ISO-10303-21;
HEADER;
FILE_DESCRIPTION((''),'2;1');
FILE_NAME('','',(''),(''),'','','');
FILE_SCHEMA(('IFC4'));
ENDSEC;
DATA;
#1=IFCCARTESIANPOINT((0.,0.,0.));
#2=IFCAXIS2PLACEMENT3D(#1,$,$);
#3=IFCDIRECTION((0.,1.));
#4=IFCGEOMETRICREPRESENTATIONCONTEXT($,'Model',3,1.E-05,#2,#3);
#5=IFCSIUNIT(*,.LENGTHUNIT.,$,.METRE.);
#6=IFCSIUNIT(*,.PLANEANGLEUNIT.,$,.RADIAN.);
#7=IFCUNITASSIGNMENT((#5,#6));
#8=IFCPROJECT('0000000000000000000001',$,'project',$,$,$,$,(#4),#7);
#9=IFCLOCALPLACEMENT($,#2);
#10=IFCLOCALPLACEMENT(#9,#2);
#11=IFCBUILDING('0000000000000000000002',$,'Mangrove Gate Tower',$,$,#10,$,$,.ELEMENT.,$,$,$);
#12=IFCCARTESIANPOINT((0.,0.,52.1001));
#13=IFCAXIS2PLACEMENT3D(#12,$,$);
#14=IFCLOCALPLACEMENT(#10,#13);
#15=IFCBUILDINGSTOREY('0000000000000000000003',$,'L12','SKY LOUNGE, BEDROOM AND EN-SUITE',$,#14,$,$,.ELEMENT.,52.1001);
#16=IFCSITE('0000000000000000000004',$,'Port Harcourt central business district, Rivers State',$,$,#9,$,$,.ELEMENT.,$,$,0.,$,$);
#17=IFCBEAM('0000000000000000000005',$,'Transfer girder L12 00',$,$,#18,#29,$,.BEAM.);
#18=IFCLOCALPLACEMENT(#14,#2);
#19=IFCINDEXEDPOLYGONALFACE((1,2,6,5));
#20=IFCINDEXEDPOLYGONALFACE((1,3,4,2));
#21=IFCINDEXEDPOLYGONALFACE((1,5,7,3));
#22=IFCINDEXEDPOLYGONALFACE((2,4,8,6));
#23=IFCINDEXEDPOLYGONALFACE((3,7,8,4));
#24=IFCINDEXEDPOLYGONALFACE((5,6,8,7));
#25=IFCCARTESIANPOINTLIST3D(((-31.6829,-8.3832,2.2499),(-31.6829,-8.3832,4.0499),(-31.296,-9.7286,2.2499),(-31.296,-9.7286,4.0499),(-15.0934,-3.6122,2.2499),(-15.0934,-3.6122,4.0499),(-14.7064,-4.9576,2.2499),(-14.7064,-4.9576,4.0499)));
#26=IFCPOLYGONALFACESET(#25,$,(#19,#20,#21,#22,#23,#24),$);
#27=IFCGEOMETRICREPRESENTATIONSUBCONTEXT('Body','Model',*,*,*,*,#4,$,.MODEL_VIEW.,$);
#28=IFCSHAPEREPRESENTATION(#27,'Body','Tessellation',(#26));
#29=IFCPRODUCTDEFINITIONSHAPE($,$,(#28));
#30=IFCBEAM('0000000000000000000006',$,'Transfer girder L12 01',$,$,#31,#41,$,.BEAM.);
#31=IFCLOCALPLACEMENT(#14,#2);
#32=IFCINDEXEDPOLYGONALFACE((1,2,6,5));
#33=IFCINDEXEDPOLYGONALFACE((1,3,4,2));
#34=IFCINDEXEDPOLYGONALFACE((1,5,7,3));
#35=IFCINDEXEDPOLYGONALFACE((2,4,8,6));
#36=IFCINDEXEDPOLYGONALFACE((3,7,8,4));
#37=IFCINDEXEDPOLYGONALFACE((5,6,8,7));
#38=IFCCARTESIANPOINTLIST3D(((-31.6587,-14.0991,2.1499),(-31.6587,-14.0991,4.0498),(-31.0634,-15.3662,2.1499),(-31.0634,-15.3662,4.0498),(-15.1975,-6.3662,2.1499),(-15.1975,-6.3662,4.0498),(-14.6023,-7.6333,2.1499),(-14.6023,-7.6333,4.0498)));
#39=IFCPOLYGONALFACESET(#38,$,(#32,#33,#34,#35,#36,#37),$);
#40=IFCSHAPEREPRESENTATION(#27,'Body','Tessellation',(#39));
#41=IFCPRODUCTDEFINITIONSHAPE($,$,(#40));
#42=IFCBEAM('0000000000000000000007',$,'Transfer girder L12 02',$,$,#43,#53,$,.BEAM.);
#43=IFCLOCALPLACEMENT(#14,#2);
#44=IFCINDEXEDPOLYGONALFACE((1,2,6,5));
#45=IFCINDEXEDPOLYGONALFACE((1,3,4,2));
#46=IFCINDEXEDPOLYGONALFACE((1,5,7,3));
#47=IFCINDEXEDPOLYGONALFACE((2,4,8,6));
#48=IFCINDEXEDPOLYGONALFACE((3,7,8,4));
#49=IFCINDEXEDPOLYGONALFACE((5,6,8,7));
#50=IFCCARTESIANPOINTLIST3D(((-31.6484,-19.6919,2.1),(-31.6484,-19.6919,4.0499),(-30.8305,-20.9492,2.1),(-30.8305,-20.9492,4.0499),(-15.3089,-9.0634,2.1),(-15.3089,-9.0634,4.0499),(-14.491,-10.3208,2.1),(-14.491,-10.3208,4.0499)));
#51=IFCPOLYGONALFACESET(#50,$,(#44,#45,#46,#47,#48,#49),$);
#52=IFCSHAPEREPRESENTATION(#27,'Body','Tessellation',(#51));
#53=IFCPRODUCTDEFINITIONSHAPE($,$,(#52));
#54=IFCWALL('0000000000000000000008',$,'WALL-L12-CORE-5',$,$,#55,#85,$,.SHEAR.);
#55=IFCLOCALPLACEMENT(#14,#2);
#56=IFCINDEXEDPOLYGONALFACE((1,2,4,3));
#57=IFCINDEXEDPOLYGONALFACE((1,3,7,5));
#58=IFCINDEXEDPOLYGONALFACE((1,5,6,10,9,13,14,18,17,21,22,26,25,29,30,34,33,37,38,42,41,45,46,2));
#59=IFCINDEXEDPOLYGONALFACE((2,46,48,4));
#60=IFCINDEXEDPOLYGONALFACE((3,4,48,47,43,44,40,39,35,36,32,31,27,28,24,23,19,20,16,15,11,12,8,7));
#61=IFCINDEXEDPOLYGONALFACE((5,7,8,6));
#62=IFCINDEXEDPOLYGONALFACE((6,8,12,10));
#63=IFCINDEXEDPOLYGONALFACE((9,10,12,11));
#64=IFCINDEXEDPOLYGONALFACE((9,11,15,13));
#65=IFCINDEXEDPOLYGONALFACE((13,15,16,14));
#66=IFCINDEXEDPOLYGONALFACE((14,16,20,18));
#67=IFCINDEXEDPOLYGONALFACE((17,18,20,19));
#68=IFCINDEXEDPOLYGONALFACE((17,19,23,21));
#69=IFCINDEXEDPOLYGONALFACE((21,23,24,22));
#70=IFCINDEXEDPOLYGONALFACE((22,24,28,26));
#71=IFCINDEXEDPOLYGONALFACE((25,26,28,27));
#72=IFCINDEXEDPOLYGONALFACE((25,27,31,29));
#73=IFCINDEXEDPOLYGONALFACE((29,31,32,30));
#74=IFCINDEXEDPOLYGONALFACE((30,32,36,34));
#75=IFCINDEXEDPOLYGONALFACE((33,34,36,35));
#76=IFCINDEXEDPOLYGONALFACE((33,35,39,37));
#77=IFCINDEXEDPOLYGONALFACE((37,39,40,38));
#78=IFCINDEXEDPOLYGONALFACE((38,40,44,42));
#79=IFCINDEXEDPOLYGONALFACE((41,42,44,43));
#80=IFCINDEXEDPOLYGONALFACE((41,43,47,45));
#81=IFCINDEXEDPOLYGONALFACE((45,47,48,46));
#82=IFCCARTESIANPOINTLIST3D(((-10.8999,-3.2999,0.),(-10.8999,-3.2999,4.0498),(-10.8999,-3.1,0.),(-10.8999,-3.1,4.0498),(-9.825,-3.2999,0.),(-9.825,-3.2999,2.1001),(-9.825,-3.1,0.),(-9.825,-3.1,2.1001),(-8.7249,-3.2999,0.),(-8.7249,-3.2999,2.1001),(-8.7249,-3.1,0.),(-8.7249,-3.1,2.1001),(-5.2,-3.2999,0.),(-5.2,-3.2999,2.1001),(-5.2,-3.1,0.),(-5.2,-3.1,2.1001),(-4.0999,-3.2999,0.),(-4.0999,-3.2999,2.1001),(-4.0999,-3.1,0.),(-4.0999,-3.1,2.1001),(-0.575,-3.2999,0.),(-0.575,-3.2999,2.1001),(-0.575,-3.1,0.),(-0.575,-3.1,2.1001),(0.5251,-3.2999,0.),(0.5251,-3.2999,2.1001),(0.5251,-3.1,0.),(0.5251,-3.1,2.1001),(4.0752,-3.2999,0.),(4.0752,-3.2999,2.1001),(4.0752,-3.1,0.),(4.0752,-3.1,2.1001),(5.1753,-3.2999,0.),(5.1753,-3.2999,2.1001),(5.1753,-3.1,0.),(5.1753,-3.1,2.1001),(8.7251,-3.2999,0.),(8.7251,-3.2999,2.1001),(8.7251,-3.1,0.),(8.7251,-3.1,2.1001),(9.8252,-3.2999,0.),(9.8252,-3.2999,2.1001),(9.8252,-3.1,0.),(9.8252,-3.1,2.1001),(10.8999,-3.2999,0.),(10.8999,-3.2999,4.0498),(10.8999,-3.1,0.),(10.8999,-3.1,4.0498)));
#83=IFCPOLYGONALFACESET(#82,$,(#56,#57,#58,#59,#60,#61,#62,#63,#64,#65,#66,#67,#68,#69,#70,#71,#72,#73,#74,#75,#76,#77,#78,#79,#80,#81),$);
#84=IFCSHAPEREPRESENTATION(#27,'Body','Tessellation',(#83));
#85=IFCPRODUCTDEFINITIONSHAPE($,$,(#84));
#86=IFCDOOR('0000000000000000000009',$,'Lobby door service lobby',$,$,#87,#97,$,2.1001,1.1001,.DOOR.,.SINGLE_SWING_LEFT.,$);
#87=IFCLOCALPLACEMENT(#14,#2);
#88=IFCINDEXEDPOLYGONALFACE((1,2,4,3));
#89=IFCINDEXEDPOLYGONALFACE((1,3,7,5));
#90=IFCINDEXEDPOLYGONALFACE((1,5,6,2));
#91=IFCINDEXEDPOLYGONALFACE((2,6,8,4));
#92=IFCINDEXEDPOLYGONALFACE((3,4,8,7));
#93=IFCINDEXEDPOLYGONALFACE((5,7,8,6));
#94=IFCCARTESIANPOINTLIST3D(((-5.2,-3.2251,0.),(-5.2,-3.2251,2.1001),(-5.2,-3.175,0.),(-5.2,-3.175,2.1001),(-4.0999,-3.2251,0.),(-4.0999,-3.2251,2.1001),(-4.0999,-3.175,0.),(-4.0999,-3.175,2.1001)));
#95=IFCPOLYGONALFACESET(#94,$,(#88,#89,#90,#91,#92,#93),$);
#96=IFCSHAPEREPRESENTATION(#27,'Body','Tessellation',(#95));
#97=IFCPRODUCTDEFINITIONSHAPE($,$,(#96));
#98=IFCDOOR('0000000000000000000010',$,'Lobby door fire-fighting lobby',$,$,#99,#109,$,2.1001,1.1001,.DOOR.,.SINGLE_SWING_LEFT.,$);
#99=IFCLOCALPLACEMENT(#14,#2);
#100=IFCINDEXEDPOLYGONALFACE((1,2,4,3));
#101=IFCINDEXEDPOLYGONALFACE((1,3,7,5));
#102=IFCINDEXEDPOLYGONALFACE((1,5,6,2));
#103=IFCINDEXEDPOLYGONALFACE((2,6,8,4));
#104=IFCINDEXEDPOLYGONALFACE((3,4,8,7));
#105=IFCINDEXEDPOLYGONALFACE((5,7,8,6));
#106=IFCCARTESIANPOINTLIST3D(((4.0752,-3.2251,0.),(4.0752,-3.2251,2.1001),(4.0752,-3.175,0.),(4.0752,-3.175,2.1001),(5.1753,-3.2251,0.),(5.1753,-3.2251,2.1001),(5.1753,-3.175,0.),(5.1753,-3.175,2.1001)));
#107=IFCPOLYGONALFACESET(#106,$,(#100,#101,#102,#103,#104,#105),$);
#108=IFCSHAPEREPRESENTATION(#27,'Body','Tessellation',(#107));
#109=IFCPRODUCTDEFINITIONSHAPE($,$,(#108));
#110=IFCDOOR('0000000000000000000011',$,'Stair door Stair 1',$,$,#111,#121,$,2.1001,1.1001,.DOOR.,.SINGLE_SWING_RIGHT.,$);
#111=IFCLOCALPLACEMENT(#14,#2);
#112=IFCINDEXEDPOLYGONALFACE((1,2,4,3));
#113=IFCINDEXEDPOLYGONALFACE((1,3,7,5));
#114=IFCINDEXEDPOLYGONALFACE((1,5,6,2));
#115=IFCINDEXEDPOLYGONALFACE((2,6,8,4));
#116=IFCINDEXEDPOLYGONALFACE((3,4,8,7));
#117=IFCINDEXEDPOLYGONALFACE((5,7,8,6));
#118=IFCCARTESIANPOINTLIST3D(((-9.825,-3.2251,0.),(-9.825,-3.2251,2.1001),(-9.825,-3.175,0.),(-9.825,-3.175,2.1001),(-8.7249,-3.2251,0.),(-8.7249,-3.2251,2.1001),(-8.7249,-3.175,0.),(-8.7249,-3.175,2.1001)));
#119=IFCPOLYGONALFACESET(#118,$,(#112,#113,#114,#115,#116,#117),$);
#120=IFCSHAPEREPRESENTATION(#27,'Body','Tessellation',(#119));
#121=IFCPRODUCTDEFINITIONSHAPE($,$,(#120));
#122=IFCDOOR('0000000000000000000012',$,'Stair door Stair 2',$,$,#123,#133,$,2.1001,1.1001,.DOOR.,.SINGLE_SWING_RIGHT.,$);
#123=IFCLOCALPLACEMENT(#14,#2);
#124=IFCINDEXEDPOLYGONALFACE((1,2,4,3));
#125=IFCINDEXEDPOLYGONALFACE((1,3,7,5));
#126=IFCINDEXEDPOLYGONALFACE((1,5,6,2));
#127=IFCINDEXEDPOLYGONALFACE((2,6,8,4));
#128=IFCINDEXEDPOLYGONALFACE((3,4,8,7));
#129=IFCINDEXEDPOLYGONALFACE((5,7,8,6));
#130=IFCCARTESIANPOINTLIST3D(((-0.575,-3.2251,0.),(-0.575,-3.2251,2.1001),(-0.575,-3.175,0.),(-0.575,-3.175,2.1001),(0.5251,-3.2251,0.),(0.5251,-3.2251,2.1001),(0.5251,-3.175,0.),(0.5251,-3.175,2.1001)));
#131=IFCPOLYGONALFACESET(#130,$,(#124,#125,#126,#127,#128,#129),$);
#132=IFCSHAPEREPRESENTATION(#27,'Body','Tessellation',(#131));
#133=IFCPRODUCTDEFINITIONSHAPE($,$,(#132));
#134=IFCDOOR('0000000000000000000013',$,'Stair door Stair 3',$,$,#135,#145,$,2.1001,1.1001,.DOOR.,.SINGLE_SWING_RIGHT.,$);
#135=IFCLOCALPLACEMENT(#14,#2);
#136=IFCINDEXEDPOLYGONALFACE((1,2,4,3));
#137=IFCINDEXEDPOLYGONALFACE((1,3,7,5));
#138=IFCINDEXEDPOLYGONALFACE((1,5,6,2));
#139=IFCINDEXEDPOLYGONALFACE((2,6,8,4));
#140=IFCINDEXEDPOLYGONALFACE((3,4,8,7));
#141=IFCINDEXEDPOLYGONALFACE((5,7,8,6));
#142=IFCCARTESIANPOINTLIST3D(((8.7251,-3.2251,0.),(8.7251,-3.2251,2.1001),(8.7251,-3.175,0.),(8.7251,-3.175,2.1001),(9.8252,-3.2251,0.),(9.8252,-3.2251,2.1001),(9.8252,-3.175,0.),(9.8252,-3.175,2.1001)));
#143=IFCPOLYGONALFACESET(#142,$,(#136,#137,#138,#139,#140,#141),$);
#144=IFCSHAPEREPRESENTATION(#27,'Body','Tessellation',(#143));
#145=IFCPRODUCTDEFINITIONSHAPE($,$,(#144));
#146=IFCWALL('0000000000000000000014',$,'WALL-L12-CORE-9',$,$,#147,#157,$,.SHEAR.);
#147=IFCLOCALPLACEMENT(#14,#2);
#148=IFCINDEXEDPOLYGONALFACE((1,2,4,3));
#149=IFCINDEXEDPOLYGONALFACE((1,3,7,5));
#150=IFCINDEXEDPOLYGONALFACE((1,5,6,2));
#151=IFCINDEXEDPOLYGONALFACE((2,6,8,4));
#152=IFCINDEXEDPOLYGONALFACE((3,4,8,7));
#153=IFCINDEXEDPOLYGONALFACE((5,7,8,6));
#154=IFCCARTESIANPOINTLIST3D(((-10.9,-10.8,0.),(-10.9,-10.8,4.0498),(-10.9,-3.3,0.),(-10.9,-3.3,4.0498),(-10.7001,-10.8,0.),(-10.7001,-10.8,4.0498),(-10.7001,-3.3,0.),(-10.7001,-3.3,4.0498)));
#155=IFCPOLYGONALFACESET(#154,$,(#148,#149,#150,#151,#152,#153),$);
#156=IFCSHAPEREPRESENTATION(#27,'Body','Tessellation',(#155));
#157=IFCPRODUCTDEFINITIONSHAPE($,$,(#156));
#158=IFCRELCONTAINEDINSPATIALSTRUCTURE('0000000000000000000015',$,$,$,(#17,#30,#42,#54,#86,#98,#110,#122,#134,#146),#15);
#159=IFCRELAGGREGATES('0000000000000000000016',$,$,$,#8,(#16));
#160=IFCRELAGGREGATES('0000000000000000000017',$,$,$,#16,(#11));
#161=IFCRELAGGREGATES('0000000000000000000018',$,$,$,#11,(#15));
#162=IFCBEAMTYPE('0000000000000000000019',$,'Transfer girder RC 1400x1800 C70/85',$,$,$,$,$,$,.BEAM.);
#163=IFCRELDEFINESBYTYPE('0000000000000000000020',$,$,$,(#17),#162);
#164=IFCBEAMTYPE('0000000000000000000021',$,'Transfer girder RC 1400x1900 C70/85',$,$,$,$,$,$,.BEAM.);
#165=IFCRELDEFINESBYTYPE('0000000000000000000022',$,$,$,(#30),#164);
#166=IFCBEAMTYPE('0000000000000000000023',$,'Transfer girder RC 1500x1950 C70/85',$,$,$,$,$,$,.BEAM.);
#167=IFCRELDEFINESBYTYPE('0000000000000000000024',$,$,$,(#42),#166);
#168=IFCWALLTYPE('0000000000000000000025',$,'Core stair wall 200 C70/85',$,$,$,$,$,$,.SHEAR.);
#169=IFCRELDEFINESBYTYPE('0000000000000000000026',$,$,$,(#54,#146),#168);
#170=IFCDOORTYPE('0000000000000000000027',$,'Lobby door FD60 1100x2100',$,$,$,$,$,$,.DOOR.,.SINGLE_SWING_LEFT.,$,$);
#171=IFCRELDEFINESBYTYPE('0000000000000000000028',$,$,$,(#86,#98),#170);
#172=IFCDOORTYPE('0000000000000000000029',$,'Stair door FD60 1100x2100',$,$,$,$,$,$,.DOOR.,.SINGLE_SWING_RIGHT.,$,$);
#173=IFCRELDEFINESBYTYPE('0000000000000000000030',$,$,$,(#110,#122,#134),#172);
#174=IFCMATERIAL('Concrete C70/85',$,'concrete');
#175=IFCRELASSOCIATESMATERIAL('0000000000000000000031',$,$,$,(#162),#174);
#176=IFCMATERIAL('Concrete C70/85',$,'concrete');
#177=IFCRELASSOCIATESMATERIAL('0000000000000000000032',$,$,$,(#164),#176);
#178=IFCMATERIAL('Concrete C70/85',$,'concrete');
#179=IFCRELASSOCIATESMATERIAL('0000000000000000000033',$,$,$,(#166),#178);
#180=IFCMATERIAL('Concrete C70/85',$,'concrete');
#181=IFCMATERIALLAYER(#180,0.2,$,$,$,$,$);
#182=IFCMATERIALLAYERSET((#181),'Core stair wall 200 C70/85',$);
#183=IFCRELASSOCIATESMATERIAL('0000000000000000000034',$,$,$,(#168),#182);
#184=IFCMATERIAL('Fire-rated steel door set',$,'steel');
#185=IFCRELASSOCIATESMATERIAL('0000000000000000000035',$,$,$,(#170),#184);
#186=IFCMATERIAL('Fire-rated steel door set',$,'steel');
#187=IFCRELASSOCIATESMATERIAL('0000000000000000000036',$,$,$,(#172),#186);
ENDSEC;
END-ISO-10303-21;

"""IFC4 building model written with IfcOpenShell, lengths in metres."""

from ifc_helpers import new_model, si_unit, direction, frame, frame_2d, origin, origin_2d, place, context, subcontext, project, spatial, rectangle, extrude, material, layer, layer_set, material_profile, profile_set, type_object, element, fill, save


model = new_model("IFC4")

# Units and contexts
model_context = context("Model", 3, precision=1e-05, world=origin(), true_north=direction((0.0, 1.0)))
body_context = subcontext(model_context, "Body", "Model", "MODEL_VIEW")
ifc_project = project(units=[si_unit("LENGTHUNIT", "METRE"), si_unit("PLANEANGLEUNIT", "RADIAN")], contexts=[model_context])

# Site, building, storey
site_placement = place(None, origin())
site = spatial("IfcSite", under=ifc_project, at=site_placement, Name="Port Harcourt central business district, Rivers State", CompositionType="ELEMENT", RefElevation=0.0)
building_placement = place(site_placement, origin())
building = spatial("IfcBuilding", under=site, at=building_placement, Name="Mangrove Gate Tower", CompositionType="ELEMENT")
storey_placement = place(building_placement, frame((0.0, 0.0, 52.1001)))
storey = spatial("IfcBuildingStorey", under=building, at=storey_placement, Name="L12", Description="SKY LOUNGE, BEDROOM AND EN-SUITE", CompositionType="ELEMENT", Elevation=52.1001)

# Beams
ifc_material_1 = material(Name="Concrete C70/85", Category="concrete")
ifc_material_profile_1 = material_profile(ifc_material_1, rectangle(XDim=1.3999, YDim=1.8, at=origin_2d()))
ifc_profile_set_1 = profile_set([ifc_material_profile_1], Name="Concrete C70/85")
beam_type_1 = type_object("IfcBeamType", Name="Transfer girder RC 1400x1800 C70/85", PredefinedType="BEAM", material=ifc_profile_set_1)
beam_1_placement = place(storey_placement, frame((-14.8999, -4.2849, 3.1499), z_axis=(-0.961046, -0.276387, 0.0), x_axis=(0.276387, -0.961046, 0.0)))
element("IfcBeam", 1, at=beam_1_placement, inside=storey, type_object=beam_type_1, Name="Transfer girder L12 00", PredefinedType="BEAM", context=body_context, shape_type="SweptSolid", body=[
    extrude(rectangle(XDim=1.3999, YDim=1.8, at=origin_2d()), origin(), (0.0, 0.0, 1.0), 17.262),
])
ifc_material_2 = material(Name="Concrete C70/85", Category="concrete")
ifc_material_profile_2 = material_profile(ifc_material_2, rectangle(XDim=1.3999, YDim=1.8999, at=origin_2d()))
ifc_profile_set_2 = profile_set([ifc_material_profile_2], Name="Concrete C70/85")
beam_type_2 = type_object("IfcBeamType", Name="Transfer girder RC 1400x1900 C70/85", PredefinedType="BEAM", material=ifc_profile_set_2)
beam_2_placement = place(storey_placement, frame((-14.8999, -6.9998, 3.0999), z_axis=(-0.905105, -0.425188, 0.0), x_axis=(0.425188, -0.905105, 0.0)))
element("IfcBeam", 2, at=beam_2_placement, inside=storey, type_object=beam_type_2, Name="Transfer girder L12 01", PredefinedType="BEAM", context=body_context, shape_type="SweptSolid", body=[
    extrude(rectangle(XDim=1.3999, YDim=1.8999, at=origin_2d()), origin(), (0.0, 0.0, 1.0), 18.187),
])
ifc_material_3 = material(Name="Concrete C70/85", Category="concrete")
ifc_material_profile_3 = material_profile(ifc_material_3, rectangle(XDim=1.5, YDim=1.95, at=origin_2d()))
ifc_profile_set_3 = profile_set([ifc_material_profile_3], Name="Concrete C70/85")
beam_type_3 = type_object("IfcBeamType", Name="Transfer girder RC 1500x1950 C70/85", PredefinedType="BEAM", material=ifc_profile_set_3)
beam_3_placement = place(storey_placement, frame((-14.8999, -9.6921, 3.075), z_axis=(-0.838264, -0.545265, 0.0), x_axis=(0.545265, -0.838264, 0.0)))
element("IfcBeam", 3, at=beam_3_placement, inside=storey, type_object=beam_type_3, Name="Transfer girder L12 02", PredefinedType="BEAM", context=body_context, shape_type="SweptSolid", body=[
    extrude(rectangle(XDim=1.5, YDim=1.95, at=origin_2d()), origin(), (0.0, 0.0, 1.0), 19.4922),
])

# Wall, openings, doors
ifc_material_4 = material(Name="Concrete C70/85", Category="concrete")
ifc_layer_1 = layer(ifc_material_4, 0.2)
ifc_layer_set_1 = layer_set([ifc_layer_1], Name="Core stair wall 200 C70/85")
wall_type_1 = type_object("IfcWallType", Name="Core stair wall 200 C70/85", PredefinedType="SHEAR", material=ifc_layer_set_1)
wall_1_placement = place(storey_placement, frame((-10.8999, -3.2, 0.0), z_axis=(0.0, 0.0, 1.0), x_axis=(1.0, 0.0, 0.0)))
wall_1 = element("IfcWall", 4, at=wall_1_placement, inside=storey, type_object=wall_type_1, Name="WALL-L12-CORE-5", PredefinedType="SHEAR", context=body_context, shape_type="SweptSolid", body=[
    extrude(rectangle(XDim=21.7998, YDim=0.2, at=frame_2d((10.8999, 0.0))), origin(), (0.0, 0.0, 1.0), 4.0498),
])
opening_1_placement = place(wall_1_placement, frame((1.075, 0.0, 0.0)))
opening_1 = element("IfcOpeningElement", 5, at=opening_1_placement, cuts=wall_1, PredefinedType="OPENING", context=body_context, shape_type="SweptSolid", body=[
    extrude(rectangle(XDim=1.1001, YDim=2.1001, at=frame_2d((0.55, 1.05))), frame((0.0, 0.1099, 0.0), z_axis=(0.0, -1.0, 0.0), x_axis=(1.0, 0.0, 0.0)), (0.0, 0.0, 1.0), 0.22),
])
opening_2_placement = place(wall_1_placement, frame((10.325, 0.0, 0.0)))
opening_2 = element("IfcOpeningElement", 6, at=opening_2_placement, cuts=wall_1, PredefinedType="OPENING", context=body_context, shape_type="SweptSolid", body=[
    extrude(rectangle(XDim=1.1001, YDim=2.1001, at=frame_2d((0.55, 1.05))), frame((0.0, 0.1099, 0.0), z_axis=(0.0, -1.0, 0.0), x_axis=(1.0, 0.0, 0.0)), (0.0, 0.0, 1.0), 0.22),
])
opening_3_placement = place(wall_1_placement, frame((19.625, 0.0, 0.0)))
opening_3 = element("IfcOpeningElement", 7, at=opening_3_placement, cuts=wall_1, PredefinedType="OPENING", context=body_context, shape_type="SweptSolid", body=[
    extrude(rectangle(XDim=1.1001, YDim=2.1001, at=frame_2d((0.55, 1.05))), frame((0.0, 0.1099, 0.0), z_axis=(0.0, -1.0, 0.0), x_axis=(1.0, 0.0, 0.0)), (0.0, 0.0, 1.0), 0.22),
])
opening_4_placement = place(wall_1_placement, frame((5.7, 0.0, 0.0)))
opening_4 = element("IfcOpeningElement", 8, at=opening_4_placement, cuts=wall_1, PredefinedType="OPENING", context=body_context, shape_type="SweptSolid", body=[
    extrude(rectangle(XDim=1.1001, YDim=2.1001, at=frame_2d((0.55, 1.05))), frame((0.0, 0.1099, 0.0), z_axis=(0.0, -1.0, 0.0), x_axis=(1.0, 0.0, 0.0)), (0.0, 0.0, 1.0), 0.22),
])
opening_5_placement = place(wall_1_placement, frame((14.9751, 0.0, 0.0)))
opening_5 = element("IfcOpeningElement", 9, at=opening_5_placement, cuts=wall_1, PredefinedType="OPENING", context=body_context, shape_type="SweptSolid", body=[
    extrude(rectangle(XDim=1.1001, YDim=2.1001, at=frame_2d((0.55, 1.05))), frame((0.0, 0.1099, 0.0), z_axis=(0.0, -1.0, 0.0), x_axis=(1.0, 0.0, 0.0)), (0.0, 0.0, 1.0), 0.22),
])
ifc_material_5 = material(Name="Fire-rated steel door set", Category="steel")
door_type_1 = type_object("IfcDoorType", Name="Lobby door FD60 1100x2100", OperationType="SINGLE_SWING_LEFT", PredefinedType="DOOR", material=ifc_material_5)
door_1_placement = place(opening_4_placement, origin())
door_1 = element("IfcDoor", 10, at=door_1_placement, inside=storey, type_object=door_type_1, Name="Lobby door service lobby", OperationType="SINGLE_SWING_LEFT", OverallHeight=2.1001, OverallWidth=1.1001, PredefinedType="DOOR", context=body_context, shape_type="SweptSolid", body=[
    extrude(rectangle(XDim=1.1001, YDim=2.1001, at=frame_2d((0.55, 1.05))), frame((0.0, 0.0249, 0.0), z_axis=(0.0, -1.0, 0.0), x_axis=(1.0, 0.0, 0.0)), (0.0, 0.0, 1.0), 0.05),
])
fill(opening_4, door_1)
door_2_placement = place(opening_5_placement, origin())
door_2 = element("IfcDoor", 11, at=door_2_placement, inside=storey, type_object=door_type_1, Name="Lobby door fire-fighting lobby", OperationType="SINGLE_SWING_LEFT", OverallHeight=2.1001, OverallWidth=1.1001, PredefinedType="DOOR", context=body_context, shape_type="SweptSolid", body=[
    extrude(rectangle(XDim=1.1001, YDim=2.1001, at=frame_2d((0.55, 1.05))), frame((0.0, 0.0249, 0.0), z_axis=(0.0, -1.0, 0.0), x_axis=(1.0, 0.0, 0.0)), (0.0, 0.0, 1.0), 0.05),
])
fill(opening_5, door_2)
ifc_material_6 = material(Name="Fire-rated steel door set", Category="steel")
door_type_2 = type_object("IfcDoorType", Name="Stair door FD60 1100x2100", OperationType="SINGLE_SWING_RIGHT", PredefinedType="DOOR", material=ifc_material_6)
door_3_placement = place(opening_1_placement, origin())
door_3 = element("IfcDoor", 12, at=door_3_placement, inside=storey, type_object=door_type_2, Name="Stair door Stair 1", OperationType="SINGLE_SWING_RIGHT", OverallHeight=2.1001, OverallWidth=1.1001, PredefinedType="DOOR", context=body_context, shape_type="SweptSolid", body=[
    extrude(rectangle(XDim=1.1001, YDim=2.1001, at=frame_2d((0.55, 1.05))), frame((0.0, 0.0249, 0.0), z_axis=(0.0, -1.0, 0.0), x_axis=(1.0, 0.0, 0.0)), (0.0, 0.0, 1.0), 0.05),
])
fill(opening_1, door_3)
door_4_placement = place(opening_2_placement, origin())
door_4 = element("IfcDoor", 13, at=door_4_placement, inside=storey, type_object=door_type_2, Name="Stair door Stair 2", OperationType="SINGLE_SWING_RIGHT", OverallHeight=2.1001, OverallWidth=1.1001, PredefinedType="DOOR", context=body_context, shape_type="SweptSolid", body=[
    extrude(rectangle(XDim=1.1001, YDim=2.1001, at=frame_2d((0.55, 1.05))), frame((0.0, 0.0249, 0.0), z_axis=(0.0, -1.0, 0.0), x_axis=(1.0, 0.0, 0.0)), (0.0, 0.0, 1.0), 0.05),
])
fill(opening_2, door_4)
door_5_placement = place(opening_3_placement, origin())
door_5 = element("IfcDoor", 14, at=door_5_placement, inside=storey, type_object=door_type_2, Name="Stair door Stair 3", OperationType="SINGLE_SWING_RIGHT", OverallHeight=2.1001, OverallWidth=1.1001, PredefinedType="DOOR", context=body_context, shape_type="SweptSolid", body=[
    extrude(rectangle(XDim=1.1001, YDim=2.1001, at=frame_2d((0.55, 1.05))), frame((0.0, 0.0249, 0.0), z_axis=(0.0, -1.0, 0.0), x_axis=(1.0, 0.0, 0.0)), (0.0, 0.0, 1.0), 0.05),
])
fill(opening_3, door_5)

# Wall
wall_2_placement = place(storey_placement, frame((-10.8, -10.8, 0.0), z_axis=(0.0, 0.0, 1.0), x_axis=(0.0, 1.0, 0.0)))
element("IfcWall", 15, at=wall_2_placement, inside=storey, type_object=wall_type_1, Name="WALL-L12-CORE-9", PredefinedType="SHEAR", context=body_context, shape_type="SweptSolid", body=[
    extrude(rectangle(XDim=7.5, YDim=0.2, at=frame_2d((3.75, 0.0))), origin(), (0.0, 0.0, 1.0), 4.0498),
])

save(model, "model.ifc")
